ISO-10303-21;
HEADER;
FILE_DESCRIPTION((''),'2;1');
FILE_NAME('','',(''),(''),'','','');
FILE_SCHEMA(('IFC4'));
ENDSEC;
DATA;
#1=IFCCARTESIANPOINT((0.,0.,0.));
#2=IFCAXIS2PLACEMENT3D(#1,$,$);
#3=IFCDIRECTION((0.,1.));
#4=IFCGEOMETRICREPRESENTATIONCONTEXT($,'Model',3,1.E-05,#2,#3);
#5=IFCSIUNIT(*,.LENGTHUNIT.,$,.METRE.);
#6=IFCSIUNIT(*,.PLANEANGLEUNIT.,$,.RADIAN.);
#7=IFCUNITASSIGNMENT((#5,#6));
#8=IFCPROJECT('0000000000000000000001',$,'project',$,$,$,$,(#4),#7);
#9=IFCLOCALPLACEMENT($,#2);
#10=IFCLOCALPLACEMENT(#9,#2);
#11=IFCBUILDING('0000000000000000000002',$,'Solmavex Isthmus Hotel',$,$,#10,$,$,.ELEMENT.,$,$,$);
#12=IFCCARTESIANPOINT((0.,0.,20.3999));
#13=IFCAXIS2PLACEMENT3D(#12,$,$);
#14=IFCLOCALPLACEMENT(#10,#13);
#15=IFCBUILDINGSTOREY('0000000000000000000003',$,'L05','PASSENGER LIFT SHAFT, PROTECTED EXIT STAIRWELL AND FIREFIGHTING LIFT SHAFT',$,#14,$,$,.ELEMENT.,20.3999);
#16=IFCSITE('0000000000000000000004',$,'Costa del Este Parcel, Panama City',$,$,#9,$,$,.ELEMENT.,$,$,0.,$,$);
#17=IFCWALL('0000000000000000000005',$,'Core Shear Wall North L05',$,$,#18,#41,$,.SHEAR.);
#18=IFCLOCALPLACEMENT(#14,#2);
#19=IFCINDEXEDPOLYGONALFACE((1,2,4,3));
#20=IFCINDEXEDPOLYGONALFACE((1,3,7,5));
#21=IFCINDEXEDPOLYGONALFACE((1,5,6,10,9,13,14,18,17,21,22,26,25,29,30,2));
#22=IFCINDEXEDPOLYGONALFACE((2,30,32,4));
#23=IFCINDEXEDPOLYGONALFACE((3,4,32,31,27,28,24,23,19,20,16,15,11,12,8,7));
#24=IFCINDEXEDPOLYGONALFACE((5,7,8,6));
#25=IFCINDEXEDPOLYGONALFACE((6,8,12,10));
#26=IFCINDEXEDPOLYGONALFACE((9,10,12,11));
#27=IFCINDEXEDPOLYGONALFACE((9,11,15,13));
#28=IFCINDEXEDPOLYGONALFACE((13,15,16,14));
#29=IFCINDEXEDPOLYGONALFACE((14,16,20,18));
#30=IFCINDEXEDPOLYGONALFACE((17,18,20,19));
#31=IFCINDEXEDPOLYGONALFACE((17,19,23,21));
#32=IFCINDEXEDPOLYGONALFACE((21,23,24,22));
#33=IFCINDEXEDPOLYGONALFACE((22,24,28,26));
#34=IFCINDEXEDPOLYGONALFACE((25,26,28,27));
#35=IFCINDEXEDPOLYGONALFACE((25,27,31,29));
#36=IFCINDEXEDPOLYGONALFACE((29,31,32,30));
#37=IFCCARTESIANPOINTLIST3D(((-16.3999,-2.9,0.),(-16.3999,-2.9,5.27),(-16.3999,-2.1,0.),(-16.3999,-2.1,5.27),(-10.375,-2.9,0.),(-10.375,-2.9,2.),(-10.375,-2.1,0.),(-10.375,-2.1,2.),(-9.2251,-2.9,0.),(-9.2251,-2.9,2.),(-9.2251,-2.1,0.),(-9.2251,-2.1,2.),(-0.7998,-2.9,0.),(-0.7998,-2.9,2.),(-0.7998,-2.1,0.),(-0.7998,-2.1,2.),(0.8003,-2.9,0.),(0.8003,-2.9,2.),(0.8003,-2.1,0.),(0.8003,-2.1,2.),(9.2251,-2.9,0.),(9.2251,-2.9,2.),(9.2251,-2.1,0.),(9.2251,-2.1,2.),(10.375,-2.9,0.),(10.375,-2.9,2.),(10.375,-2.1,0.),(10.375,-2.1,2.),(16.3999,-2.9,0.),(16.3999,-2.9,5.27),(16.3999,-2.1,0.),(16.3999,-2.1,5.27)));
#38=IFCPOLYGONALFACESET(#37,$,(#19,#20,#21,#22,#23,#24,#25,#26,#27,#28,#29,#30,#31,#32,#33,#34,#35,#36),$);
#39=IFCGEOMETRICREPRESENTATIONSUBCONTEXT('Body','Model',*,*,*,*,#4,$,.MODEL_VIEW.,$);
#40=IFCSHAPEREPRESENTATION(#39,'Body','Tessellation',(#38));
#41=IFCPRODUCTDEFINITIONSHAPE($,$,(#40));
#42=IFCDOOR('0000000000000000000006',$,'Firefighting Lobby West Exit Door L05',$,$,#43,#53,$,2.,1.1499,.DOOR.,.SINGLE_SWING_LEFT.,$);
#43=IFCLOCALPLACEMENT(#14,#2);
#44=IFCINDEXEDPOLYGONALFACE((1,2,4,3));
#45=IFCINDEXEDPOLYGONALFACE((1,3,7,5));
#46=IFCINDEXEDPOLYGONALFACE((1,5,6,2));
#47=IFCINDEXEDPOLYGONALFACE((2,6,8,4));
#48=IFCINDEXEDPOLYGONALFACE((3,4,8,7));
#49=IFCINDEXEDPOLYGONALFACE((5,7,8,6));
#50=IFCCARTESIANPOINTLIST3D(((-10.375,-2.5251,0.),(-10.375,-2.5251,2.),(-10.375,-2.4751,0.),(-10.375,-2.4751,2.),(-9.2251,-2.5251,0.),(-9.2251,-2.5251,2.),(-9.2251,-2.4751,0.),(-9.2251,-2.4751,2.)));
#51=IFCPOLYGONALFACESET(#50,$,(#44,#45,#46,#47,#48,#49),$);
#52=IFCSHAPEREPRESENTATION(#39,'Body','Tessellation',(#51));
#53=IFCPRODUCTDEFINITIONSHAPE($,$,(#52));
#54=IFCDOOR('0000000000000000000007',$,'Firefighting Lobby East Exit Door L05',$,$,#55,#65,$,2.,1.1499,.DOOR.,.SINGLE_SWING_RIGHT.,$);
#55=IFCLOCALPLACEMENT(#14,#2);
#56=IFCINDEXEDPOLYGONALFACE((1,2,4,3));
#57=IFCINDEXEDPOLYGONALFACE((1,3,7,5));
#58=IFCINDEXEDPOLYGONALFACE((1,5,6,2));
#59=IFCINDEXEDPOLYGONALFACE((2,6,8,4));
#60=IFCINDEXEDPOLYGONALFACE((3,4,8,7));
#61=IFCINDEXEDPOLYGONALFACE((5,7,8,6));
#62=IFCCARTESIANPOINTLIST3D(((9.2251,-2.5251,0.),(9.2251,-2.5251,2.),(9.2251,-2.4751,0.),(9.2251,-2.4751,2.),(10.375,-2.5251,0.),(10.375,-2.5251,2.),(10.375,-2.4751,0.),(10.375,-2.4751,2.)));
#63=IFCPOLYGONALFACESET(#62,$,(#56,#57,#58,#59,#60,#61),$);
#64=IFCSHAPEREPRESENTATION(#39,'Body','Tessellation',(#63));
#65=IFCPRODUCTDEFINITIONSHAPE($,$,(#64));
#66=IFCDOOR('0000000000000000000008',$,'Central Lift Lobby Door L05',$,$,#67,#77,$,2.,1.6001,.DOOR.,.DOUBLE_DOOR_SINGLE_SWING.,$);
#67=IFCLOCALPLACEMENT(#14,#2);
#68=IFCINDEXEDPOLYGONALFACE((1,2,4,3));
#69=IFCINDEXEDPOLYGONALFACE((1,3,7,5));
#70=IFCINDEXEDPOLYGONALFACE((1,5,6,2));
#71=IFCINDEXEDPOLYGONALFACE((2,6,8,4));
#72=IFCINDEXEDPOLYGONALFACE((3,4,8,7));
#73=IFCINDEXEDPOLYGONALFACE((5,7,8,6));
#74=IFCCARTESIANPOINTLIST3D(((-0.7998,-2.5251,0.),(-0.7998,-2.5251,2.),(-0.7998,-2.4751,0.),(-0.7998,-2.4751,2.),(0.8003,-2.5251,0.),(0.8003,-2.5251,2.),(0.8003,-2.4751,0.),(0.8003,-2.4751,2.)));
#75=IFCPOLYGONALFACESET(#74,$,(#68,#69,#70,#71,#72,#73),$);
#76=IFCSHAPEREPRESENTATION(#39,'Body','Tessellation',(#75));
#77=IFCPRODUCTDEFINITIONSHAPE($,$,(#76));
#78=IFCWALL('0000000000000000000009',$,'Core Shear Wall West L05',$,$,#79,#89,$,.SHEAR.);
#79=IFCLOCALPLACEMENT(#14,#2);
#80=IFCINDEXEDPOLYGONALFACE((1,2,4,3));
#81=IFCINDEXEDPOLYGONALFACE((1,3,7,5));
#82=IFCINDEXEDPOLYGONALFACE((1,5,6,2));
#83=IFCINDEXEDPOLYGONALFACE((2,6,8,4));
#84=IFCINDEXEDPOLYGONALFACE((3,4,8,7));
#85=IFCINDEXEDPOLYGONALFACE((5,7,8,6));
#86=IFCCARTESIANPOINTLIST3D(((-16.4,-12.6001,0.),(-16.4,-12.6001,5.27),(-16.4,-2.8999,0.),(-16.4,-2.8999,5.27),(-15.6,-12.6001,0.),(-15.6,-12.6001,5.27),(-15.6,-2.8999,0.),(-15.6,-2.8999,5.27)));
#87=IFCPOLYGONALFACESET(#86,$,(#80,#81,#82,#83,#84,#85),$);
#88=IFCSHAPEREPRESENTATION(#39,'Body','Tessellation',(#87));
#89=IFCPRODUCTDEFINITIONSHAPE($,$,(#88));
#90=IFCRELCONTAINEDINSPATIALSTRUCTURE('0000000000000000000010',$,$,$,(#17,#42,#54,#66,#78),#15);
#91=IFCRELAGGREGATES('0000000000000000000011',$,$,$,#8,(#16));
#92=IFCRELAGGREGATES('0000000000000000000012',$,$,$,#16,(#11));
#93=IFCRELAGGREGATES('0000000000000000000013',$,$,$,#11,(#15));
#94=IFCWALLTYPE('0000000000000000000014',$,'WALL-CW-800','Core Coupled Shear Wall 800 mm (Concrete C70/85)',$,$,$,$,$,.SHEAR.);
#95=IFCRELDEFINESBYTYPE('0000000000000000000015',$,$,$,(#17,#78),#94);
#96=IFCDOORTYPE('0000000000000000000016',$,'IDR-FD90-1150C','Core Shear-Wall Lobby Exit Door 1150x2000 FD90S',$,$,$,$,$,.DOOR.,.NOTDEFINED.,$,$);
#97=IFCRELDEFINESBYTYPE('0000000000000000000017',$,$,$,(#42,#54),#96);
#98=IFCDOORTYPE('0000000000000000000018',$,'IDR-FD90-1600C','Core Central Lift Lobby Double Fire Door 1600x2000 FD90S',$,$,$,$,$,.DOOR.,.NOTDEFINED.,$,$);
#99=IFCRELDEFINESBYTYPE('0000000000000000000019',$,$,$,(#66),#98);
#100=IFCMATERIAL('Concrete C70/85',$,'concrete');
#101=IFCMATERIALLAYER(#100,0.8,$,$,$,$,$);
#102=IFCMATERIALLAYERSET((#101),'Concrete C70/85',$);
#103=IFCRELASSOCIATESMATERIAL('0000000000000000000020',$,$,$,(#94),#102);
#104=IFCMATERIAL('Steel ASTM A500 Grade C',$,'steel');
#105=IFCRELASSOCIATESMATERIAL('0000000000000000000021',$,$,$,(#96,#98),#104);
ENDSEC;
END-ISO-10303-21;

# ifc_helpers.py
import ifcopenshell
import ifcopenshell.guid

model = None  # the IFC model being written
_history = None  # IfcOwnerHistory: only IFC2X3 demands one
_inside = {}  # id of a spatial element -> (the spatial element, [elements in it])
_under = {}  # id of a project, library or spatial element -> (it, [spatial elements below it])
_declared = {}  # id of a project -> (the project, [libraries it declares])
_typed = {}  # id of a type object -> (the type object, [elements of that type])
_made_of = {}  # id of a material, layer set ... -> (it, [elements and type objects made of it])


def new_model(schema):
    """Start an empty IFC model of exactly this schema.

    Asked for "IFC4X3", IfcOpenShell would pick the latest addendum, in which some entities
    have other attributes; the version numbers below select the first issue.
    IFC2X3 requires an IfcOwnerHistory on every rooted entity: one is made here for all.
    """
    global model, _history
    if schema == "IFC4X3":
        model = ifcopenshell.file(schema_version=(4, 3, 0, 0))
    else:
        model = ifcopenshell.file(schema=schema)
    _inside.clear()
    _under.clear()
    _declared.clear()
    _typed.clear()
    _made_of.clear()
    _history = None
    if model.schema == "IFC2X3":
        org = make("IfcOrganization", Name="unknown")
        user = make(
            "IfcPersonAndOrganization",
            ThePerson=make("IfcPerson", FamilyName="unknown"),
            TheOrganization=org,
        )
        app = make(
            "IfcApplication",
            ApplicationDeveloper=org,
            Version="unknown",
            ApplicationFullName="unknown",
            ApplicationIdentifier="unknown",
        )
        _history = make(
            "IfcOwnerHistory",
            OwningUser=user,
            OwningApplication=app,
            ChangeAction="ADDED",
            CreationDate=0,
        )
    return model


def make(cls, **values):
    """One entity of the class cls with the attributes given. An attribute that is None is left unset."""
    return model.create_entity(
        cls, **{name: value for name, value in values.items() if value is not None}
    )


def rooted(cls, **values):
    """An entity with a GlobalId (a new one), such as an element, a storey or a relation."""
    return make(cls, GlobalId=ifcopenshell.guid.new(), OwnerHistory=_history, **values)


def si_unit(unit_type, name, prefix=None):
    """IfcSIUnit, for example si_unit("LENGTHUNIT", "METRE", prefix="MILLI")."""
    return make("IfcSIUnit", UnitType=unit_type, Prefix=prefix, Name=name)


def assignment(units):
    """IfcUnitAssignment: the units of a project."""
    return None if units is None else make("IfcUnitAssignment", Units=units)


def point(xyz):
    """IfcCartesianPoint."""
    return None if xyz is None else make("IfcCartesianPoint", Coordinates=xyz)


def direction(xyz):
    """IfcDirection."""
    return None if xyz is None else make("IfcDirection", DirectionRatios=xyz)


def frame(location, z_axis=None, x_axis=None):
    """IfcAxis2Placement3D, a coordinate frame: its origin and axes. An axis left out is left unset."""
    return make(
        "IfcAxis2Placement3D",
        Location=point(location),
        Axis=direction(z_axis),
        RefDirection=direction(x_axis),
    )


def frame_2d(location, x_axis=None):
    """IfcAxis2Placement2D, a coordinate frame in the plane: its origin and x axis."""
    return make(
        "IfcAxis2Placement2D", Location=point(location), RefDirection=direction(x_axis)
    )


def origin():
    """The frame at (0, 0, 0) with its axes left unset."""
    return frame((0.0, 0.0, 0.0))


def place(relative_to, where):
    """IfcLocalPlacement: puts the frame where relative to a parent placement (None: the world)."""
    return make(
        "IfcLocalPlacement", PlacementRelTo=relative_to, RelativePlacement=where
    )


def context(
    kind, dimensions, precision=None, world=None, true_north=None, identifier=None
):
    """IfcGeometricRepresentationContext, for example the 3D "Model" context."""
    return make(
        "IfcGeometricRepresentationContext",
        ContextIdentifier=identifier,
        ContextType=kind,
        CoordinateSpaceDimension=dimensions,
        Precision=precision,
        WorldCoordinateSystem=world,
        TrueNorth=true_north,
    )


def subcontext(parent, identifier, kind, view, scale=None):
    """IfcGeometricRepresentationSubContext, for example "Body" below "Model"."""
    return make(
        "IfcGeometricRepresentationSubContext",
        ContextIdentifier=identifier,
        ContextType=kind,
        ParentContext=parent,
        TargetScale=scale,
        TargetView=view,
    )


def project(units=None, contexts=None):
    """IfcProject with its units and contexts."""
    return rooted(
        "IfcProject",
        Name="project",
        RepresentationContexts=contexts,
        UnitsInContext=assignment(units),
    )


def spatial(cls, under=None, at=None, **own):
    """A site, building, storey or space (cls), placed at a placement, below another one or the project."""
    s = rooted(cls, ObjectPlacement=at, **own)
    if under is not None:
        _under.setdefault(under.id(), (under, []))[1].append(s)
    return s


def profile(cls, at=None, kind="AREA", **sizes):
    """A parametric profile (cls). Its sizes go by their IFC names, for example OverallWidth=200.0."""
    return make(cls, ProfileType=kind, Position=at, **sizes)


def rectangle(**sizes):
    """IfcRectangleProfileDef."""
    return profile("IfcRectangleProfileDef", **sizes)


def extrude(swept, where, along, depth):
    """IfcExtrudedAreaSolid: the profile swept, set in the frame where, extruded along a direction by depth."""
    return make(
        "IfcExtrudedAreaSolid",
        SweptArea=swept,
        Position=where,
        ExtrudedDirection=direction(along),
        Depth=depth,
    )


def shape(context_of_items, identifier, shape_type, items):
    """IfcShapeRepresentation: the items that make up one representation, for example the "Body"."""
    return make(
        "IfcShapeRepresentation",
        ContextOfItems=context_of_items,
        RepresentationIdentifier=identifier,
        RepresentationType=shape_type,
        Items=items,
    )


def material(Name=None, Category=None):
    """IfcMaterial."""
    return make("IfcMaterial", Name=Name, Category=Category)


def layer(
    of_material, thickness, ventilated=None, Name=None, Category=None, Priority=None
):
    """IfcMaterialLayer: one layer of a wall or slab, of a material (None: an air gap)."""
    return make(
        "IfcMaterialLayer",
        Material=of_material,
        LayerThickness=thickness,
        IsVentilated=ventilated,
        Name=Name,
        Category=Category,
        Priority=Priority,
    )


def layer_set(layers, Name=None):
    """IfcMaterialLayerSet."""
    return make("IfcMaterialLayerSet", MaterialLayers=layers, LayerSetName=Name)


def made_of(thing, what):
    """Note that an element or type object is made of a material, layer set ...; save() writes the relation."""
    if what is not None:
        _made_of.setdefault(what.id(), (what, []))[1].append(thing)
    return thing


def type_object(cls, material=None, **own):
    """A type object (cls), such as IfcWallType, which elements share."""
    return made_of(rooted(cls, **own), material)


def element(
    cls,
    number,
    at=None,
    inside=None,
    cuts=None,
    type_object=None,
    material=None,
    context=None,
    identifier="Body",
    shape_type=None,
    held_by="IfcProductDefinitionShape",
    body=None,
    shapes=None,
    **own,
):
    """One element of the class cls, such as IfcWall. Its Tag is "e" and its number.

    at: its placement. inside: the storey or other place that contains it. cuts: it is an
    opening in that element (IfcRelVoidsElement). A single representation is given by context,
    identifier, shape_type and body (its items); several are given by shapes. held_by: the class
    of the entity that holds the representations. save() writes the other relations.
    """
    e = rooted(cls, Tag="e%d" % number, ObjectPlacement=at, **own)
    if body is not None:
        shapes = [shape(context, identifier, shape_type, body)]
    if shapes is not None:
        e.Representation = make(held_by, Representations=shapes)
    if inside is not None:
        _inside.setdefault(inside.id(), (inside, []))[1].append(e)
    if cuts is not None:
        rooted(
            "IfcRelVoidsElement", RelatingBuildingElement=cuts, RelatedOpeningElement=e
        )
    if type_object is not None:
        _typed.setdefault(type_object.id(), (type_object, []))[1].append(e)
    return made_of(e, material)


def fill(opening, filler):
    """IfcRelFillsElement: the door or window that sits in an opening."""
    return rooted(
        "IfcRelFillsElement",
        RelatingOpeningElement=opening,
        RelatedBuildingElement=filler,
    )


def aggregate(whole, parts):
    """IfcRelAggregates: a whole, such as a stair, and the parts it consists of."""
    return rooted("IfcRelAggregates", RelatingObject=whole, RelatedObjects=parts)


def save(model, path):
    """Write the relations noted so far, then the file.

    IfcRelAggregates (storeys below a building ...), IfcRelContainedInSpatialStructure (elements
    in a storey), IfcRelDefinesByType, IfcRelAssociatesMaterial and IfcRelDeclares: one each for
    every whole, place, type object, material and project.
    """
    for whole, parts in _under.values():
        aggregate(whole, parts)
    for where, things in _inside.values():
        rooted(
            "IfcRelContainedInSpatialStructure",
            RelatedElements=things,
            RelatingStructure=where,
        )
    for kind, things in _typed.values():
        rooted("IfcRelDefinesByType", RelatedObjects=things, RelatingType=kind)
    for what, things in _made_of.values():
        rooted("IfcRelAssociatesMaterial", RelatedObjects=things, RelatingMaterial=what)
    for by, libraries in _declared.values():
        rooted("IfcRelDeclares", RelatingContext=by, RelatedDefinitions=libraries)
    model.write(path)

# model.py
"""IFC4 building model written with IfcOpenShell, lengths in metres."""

from ifc_helpers import new_model, si_unit, direction, frame, frame_2d, origin, place, context, subcontext, project, spatial, rectangle, extrude, material, layer, layer_set, type_object, element, fill, save


model = new_model("IFC4")

# Units and contexts
model_context = context("Model", 3, precision=1e-05, world=origin(), true_north=direction((0.0, 1.0)))
body_context = subcontext(model_context, "Body", "Model", "MODEL_VIEW")
ifc_project = project(units=[si_unit("LENGTHUNIT", "METRE"), si_unit("PLANEANGLEUNIT", "RADIAN")], contexts=[model_context])

# Site, building, storey
site_placement = place(None, origin())
site = spatial("IfcSite", under=ifc_project, at=site_placement, Name="Costa del Este Parcel, Panama City", CompositionType="ELEMENT", RefElevation=0.0)
building_placement = place(site_placement, origin())
building = spatial("IfcBuilding", under=site, at=building_placement, Name="Solmavex Isthmus Hotel", CompositionType="ELEMENT")
storey_placement = place(building_placement, frame((0.0, 0.0, 20.3999)))
storey = spatial("IfcBuildingStorey", under=building, at=storey_placement, Name="L05", Description="PASSENGER LIFT SHAFT, PROTECTED EXIT STAIRWELL AND FIREFIGHTING LIFT SHAFT", CompositionType="ELEMENT", Elevation=20.3999)

# Shared definitions
ifc_material_1 = material(Name="Concrete C70/85", Category="concrete")

# Shared definitions
ifc_layer_1 = layer(ifc_material_1, 0.8)
ifc_layer_set_1 = layer_set([ifc_layer_1], Name="Concrete C70/85")
wall_type_1 = type_object("IfcWallType", Name="WALL-CW-800", Description="Core Coupled Shear Wall 800 mm (Concrete C70/85)", PredefinedType="SHEAR", material=ifc_layer_set_1)

# Wall, openings, doors
wall_1_placement = place(storey_placement, frame((-16.3999, -2.5, 0.0), z_axis=(0.0, 0.0, 1.0), x_axis=(1.0, 0.0, 0.0)))
wall_1 = element("IfcWall", 1, at=wall_1_placement, inside=storey, type_object=wall_type_1, Name="Core Shear Wall North L05", PredefinedType="SHEAR", context=body_context, shape_type="SweptSolid", body=[
    extrude(rectangle(XDim=32.7998, YDim=0.8, at=frame_2d((16.3999, 0.0))), origin(), (0.0, 0.0, 1.0), 5.27),
])
opening_1_placement = place(wall_1_placement, frame((6.0249, 0.0, 0.0)))
opening_1 = element("IfcOpeningElement", 2, at=opening_1_placement, cuts=wall_1, PredefinedType="OPENING", context=body_context, shape_type="SweptSolid", body=[
    extrude(rectangle(XDim=1.1499, YDim=2.0, at=frame_2d((0.575, 1.0))), frame((0.0, 0.4099, 0.0), z_axis=(0.0, -1.0, 0.0), x_axis=(1.0, 0.0, 0.0)), (0.0, 0.0, 1.0), 0.8201),
])
opening_2_placement = place(wall_1_placement, frame((15.6001, 0.0, 0.0)))
opening_2 = element("IfcOpeningElement", 3, at=opening_2_placement, cuts=wall_1, PredefinedType="OPENING", context=body_context, shape_type="SweptSolid", body=[
    extrude(rectangle(XDim=1.6001, YDim=2.0, at=frame_2d((0.8, 1.0))), frame((0.0, 0.4099, 0.0), z_axis=(0.0, -1.0, 0.0), x_axis=(1.0, 0.0, 0.0)), (0.0, 0.0, 1.0), 0.8201),
])
opening_3_placement = place(wall_1_placement, frame((25.625, 0.0, 0.0)))
opening_3 = element("IfcOpeningElement", 4, at=opening_3_placement, cuts=wall_1, PredefinedType="OPENING", context=body_context, shape_type="SweptSolid", body=[
    extrude(rectangle(XDim=1.1499, YDim=2.0, at=frame_2d((0.575, 1.0))), frame((0.0, 0.4099, 0.0), z_axis=(0.0, -1.0, 0.0), x_axis=(1.0, 0.0, 0.0)), (0.0, 0.0, 1.0), 0.8201),
])
ifc_material_2 = material(Name="Steel ASTM A500 Grade C", Category="steel")
door_type_1 = type_object("IfcDoorType", Name="IDR-FD90-1150C", Description="Core Shear-Wall Lobby Exit Door 1150x2000 FD90S", OperationType="NOTDEFINED", PredefinedType="DOOR", material=ifc_material_2)
door_1_placement = place(opening_1_placement, origin())
door_1 = element("IfcDoor", 5, at=door_1_placement, inside=storey, type_object=door_type_1, Name="Firefighting Lobby West Exit Door L05", OperationType="SINGLE_SWING_LEFT", OverallHeight=2.0, OverallWidth=1.1499, PredefinedType="DOOR", context=body_context, shape_type="SweptSolid", body=[
    extrude(rectangle(XDim=1.1499, YDim=2.0, at=frame_2d((0.575, 1.0))), frame((0.0, 0.0249, 0.0), z_axis=(0.0, -1.0, 0.0), x_axis=(1.0, 0.0, 0.0)), (0.0, 0.0, 1.0), 0.05),
])
fill(opening_1, door_1)
door_2_placement = place(opening_3_placement, origin())
door_2 = element("IfcDoor", 6, at=door_2_placement, inside=storey, type_object=door_type_1, Name="Firefighting Lobby East Exit Door L05", OperationType="SINGLE_SWING_RIGHT", OverallHeight=2.0, OverallWidth=1.1499, PredefinedType="DOOR", context=body_context, shape_type="SweptSolid", body=[
    extrude(rectangle(XDim=1.1499, YDim=2.0, at=frame_2d((0.575, 1.0))), frame((0.0, 0.0249, 0.0), z_axis=(0.0, -1.0, 0.0), x_axis=(1.0, 0.0, 0.0)), (0.0, 0.0, 1.0), 0.05),
])
fill(opening_3, door_2)
door_type_2 = type_object("IfcDoorType", Name="IDR-FD90-1600C", Description="Core Central Lift Lobby Double Fire Door 1600x2000 FD90S", OperationType="NOTDEFINED", PredefinedType="DOOR", material=ifc_material_2)
door_3_placement = place(opening_2_placement, origin())
door_3 = element("IfcDoor", 7, at=door_3_placement, inside=storey, type_object=door_type_2, Name="Central Lift Lobby Door L05", OperationType="DOUBLE_DOOR_SINGLE_SWING", OverallHeight=2.0, OverallWidth=1.6001, PredefinedType="DOOR", context=body_context, shape_type="SweptSolid", body=[
    extrude(rectangle(XDim=1.6001, YDim=2.0, at=frame_2d((0.8, 1.0))), frame((0.0, 0.0249, 0.0), z_axis=(0.0, -1.0, 0.0), x_axis=(1.0, 0.0, 0.0)), (0.0, 0.0, 1.0), 0.05),
])
fill(opening_2, door_3)

# Wall
wall_2_placement = place(storey_placement, frame((-16.0, -12.6001, 0.0), z_axis=(0.0, 0.0, 1.0), x_axis=(0.0, 1.0, 0.0)))
element("IfcWall", 8, at=wall_2_placement, inside=storey, type_object=wall_type_1, Name="Core Shear Wall West L05", PredefinedType="SHEAR", context=body_context, shape_type="SweptSolid", body=[
    extrude(rectangle(XDim=9.7002, YDim=0.8, at=frame_2d((4.8501, 0.0))), origin(), (0.0, 0.0, 1.0), 5.27),
])

save(model, "model.ifc")
